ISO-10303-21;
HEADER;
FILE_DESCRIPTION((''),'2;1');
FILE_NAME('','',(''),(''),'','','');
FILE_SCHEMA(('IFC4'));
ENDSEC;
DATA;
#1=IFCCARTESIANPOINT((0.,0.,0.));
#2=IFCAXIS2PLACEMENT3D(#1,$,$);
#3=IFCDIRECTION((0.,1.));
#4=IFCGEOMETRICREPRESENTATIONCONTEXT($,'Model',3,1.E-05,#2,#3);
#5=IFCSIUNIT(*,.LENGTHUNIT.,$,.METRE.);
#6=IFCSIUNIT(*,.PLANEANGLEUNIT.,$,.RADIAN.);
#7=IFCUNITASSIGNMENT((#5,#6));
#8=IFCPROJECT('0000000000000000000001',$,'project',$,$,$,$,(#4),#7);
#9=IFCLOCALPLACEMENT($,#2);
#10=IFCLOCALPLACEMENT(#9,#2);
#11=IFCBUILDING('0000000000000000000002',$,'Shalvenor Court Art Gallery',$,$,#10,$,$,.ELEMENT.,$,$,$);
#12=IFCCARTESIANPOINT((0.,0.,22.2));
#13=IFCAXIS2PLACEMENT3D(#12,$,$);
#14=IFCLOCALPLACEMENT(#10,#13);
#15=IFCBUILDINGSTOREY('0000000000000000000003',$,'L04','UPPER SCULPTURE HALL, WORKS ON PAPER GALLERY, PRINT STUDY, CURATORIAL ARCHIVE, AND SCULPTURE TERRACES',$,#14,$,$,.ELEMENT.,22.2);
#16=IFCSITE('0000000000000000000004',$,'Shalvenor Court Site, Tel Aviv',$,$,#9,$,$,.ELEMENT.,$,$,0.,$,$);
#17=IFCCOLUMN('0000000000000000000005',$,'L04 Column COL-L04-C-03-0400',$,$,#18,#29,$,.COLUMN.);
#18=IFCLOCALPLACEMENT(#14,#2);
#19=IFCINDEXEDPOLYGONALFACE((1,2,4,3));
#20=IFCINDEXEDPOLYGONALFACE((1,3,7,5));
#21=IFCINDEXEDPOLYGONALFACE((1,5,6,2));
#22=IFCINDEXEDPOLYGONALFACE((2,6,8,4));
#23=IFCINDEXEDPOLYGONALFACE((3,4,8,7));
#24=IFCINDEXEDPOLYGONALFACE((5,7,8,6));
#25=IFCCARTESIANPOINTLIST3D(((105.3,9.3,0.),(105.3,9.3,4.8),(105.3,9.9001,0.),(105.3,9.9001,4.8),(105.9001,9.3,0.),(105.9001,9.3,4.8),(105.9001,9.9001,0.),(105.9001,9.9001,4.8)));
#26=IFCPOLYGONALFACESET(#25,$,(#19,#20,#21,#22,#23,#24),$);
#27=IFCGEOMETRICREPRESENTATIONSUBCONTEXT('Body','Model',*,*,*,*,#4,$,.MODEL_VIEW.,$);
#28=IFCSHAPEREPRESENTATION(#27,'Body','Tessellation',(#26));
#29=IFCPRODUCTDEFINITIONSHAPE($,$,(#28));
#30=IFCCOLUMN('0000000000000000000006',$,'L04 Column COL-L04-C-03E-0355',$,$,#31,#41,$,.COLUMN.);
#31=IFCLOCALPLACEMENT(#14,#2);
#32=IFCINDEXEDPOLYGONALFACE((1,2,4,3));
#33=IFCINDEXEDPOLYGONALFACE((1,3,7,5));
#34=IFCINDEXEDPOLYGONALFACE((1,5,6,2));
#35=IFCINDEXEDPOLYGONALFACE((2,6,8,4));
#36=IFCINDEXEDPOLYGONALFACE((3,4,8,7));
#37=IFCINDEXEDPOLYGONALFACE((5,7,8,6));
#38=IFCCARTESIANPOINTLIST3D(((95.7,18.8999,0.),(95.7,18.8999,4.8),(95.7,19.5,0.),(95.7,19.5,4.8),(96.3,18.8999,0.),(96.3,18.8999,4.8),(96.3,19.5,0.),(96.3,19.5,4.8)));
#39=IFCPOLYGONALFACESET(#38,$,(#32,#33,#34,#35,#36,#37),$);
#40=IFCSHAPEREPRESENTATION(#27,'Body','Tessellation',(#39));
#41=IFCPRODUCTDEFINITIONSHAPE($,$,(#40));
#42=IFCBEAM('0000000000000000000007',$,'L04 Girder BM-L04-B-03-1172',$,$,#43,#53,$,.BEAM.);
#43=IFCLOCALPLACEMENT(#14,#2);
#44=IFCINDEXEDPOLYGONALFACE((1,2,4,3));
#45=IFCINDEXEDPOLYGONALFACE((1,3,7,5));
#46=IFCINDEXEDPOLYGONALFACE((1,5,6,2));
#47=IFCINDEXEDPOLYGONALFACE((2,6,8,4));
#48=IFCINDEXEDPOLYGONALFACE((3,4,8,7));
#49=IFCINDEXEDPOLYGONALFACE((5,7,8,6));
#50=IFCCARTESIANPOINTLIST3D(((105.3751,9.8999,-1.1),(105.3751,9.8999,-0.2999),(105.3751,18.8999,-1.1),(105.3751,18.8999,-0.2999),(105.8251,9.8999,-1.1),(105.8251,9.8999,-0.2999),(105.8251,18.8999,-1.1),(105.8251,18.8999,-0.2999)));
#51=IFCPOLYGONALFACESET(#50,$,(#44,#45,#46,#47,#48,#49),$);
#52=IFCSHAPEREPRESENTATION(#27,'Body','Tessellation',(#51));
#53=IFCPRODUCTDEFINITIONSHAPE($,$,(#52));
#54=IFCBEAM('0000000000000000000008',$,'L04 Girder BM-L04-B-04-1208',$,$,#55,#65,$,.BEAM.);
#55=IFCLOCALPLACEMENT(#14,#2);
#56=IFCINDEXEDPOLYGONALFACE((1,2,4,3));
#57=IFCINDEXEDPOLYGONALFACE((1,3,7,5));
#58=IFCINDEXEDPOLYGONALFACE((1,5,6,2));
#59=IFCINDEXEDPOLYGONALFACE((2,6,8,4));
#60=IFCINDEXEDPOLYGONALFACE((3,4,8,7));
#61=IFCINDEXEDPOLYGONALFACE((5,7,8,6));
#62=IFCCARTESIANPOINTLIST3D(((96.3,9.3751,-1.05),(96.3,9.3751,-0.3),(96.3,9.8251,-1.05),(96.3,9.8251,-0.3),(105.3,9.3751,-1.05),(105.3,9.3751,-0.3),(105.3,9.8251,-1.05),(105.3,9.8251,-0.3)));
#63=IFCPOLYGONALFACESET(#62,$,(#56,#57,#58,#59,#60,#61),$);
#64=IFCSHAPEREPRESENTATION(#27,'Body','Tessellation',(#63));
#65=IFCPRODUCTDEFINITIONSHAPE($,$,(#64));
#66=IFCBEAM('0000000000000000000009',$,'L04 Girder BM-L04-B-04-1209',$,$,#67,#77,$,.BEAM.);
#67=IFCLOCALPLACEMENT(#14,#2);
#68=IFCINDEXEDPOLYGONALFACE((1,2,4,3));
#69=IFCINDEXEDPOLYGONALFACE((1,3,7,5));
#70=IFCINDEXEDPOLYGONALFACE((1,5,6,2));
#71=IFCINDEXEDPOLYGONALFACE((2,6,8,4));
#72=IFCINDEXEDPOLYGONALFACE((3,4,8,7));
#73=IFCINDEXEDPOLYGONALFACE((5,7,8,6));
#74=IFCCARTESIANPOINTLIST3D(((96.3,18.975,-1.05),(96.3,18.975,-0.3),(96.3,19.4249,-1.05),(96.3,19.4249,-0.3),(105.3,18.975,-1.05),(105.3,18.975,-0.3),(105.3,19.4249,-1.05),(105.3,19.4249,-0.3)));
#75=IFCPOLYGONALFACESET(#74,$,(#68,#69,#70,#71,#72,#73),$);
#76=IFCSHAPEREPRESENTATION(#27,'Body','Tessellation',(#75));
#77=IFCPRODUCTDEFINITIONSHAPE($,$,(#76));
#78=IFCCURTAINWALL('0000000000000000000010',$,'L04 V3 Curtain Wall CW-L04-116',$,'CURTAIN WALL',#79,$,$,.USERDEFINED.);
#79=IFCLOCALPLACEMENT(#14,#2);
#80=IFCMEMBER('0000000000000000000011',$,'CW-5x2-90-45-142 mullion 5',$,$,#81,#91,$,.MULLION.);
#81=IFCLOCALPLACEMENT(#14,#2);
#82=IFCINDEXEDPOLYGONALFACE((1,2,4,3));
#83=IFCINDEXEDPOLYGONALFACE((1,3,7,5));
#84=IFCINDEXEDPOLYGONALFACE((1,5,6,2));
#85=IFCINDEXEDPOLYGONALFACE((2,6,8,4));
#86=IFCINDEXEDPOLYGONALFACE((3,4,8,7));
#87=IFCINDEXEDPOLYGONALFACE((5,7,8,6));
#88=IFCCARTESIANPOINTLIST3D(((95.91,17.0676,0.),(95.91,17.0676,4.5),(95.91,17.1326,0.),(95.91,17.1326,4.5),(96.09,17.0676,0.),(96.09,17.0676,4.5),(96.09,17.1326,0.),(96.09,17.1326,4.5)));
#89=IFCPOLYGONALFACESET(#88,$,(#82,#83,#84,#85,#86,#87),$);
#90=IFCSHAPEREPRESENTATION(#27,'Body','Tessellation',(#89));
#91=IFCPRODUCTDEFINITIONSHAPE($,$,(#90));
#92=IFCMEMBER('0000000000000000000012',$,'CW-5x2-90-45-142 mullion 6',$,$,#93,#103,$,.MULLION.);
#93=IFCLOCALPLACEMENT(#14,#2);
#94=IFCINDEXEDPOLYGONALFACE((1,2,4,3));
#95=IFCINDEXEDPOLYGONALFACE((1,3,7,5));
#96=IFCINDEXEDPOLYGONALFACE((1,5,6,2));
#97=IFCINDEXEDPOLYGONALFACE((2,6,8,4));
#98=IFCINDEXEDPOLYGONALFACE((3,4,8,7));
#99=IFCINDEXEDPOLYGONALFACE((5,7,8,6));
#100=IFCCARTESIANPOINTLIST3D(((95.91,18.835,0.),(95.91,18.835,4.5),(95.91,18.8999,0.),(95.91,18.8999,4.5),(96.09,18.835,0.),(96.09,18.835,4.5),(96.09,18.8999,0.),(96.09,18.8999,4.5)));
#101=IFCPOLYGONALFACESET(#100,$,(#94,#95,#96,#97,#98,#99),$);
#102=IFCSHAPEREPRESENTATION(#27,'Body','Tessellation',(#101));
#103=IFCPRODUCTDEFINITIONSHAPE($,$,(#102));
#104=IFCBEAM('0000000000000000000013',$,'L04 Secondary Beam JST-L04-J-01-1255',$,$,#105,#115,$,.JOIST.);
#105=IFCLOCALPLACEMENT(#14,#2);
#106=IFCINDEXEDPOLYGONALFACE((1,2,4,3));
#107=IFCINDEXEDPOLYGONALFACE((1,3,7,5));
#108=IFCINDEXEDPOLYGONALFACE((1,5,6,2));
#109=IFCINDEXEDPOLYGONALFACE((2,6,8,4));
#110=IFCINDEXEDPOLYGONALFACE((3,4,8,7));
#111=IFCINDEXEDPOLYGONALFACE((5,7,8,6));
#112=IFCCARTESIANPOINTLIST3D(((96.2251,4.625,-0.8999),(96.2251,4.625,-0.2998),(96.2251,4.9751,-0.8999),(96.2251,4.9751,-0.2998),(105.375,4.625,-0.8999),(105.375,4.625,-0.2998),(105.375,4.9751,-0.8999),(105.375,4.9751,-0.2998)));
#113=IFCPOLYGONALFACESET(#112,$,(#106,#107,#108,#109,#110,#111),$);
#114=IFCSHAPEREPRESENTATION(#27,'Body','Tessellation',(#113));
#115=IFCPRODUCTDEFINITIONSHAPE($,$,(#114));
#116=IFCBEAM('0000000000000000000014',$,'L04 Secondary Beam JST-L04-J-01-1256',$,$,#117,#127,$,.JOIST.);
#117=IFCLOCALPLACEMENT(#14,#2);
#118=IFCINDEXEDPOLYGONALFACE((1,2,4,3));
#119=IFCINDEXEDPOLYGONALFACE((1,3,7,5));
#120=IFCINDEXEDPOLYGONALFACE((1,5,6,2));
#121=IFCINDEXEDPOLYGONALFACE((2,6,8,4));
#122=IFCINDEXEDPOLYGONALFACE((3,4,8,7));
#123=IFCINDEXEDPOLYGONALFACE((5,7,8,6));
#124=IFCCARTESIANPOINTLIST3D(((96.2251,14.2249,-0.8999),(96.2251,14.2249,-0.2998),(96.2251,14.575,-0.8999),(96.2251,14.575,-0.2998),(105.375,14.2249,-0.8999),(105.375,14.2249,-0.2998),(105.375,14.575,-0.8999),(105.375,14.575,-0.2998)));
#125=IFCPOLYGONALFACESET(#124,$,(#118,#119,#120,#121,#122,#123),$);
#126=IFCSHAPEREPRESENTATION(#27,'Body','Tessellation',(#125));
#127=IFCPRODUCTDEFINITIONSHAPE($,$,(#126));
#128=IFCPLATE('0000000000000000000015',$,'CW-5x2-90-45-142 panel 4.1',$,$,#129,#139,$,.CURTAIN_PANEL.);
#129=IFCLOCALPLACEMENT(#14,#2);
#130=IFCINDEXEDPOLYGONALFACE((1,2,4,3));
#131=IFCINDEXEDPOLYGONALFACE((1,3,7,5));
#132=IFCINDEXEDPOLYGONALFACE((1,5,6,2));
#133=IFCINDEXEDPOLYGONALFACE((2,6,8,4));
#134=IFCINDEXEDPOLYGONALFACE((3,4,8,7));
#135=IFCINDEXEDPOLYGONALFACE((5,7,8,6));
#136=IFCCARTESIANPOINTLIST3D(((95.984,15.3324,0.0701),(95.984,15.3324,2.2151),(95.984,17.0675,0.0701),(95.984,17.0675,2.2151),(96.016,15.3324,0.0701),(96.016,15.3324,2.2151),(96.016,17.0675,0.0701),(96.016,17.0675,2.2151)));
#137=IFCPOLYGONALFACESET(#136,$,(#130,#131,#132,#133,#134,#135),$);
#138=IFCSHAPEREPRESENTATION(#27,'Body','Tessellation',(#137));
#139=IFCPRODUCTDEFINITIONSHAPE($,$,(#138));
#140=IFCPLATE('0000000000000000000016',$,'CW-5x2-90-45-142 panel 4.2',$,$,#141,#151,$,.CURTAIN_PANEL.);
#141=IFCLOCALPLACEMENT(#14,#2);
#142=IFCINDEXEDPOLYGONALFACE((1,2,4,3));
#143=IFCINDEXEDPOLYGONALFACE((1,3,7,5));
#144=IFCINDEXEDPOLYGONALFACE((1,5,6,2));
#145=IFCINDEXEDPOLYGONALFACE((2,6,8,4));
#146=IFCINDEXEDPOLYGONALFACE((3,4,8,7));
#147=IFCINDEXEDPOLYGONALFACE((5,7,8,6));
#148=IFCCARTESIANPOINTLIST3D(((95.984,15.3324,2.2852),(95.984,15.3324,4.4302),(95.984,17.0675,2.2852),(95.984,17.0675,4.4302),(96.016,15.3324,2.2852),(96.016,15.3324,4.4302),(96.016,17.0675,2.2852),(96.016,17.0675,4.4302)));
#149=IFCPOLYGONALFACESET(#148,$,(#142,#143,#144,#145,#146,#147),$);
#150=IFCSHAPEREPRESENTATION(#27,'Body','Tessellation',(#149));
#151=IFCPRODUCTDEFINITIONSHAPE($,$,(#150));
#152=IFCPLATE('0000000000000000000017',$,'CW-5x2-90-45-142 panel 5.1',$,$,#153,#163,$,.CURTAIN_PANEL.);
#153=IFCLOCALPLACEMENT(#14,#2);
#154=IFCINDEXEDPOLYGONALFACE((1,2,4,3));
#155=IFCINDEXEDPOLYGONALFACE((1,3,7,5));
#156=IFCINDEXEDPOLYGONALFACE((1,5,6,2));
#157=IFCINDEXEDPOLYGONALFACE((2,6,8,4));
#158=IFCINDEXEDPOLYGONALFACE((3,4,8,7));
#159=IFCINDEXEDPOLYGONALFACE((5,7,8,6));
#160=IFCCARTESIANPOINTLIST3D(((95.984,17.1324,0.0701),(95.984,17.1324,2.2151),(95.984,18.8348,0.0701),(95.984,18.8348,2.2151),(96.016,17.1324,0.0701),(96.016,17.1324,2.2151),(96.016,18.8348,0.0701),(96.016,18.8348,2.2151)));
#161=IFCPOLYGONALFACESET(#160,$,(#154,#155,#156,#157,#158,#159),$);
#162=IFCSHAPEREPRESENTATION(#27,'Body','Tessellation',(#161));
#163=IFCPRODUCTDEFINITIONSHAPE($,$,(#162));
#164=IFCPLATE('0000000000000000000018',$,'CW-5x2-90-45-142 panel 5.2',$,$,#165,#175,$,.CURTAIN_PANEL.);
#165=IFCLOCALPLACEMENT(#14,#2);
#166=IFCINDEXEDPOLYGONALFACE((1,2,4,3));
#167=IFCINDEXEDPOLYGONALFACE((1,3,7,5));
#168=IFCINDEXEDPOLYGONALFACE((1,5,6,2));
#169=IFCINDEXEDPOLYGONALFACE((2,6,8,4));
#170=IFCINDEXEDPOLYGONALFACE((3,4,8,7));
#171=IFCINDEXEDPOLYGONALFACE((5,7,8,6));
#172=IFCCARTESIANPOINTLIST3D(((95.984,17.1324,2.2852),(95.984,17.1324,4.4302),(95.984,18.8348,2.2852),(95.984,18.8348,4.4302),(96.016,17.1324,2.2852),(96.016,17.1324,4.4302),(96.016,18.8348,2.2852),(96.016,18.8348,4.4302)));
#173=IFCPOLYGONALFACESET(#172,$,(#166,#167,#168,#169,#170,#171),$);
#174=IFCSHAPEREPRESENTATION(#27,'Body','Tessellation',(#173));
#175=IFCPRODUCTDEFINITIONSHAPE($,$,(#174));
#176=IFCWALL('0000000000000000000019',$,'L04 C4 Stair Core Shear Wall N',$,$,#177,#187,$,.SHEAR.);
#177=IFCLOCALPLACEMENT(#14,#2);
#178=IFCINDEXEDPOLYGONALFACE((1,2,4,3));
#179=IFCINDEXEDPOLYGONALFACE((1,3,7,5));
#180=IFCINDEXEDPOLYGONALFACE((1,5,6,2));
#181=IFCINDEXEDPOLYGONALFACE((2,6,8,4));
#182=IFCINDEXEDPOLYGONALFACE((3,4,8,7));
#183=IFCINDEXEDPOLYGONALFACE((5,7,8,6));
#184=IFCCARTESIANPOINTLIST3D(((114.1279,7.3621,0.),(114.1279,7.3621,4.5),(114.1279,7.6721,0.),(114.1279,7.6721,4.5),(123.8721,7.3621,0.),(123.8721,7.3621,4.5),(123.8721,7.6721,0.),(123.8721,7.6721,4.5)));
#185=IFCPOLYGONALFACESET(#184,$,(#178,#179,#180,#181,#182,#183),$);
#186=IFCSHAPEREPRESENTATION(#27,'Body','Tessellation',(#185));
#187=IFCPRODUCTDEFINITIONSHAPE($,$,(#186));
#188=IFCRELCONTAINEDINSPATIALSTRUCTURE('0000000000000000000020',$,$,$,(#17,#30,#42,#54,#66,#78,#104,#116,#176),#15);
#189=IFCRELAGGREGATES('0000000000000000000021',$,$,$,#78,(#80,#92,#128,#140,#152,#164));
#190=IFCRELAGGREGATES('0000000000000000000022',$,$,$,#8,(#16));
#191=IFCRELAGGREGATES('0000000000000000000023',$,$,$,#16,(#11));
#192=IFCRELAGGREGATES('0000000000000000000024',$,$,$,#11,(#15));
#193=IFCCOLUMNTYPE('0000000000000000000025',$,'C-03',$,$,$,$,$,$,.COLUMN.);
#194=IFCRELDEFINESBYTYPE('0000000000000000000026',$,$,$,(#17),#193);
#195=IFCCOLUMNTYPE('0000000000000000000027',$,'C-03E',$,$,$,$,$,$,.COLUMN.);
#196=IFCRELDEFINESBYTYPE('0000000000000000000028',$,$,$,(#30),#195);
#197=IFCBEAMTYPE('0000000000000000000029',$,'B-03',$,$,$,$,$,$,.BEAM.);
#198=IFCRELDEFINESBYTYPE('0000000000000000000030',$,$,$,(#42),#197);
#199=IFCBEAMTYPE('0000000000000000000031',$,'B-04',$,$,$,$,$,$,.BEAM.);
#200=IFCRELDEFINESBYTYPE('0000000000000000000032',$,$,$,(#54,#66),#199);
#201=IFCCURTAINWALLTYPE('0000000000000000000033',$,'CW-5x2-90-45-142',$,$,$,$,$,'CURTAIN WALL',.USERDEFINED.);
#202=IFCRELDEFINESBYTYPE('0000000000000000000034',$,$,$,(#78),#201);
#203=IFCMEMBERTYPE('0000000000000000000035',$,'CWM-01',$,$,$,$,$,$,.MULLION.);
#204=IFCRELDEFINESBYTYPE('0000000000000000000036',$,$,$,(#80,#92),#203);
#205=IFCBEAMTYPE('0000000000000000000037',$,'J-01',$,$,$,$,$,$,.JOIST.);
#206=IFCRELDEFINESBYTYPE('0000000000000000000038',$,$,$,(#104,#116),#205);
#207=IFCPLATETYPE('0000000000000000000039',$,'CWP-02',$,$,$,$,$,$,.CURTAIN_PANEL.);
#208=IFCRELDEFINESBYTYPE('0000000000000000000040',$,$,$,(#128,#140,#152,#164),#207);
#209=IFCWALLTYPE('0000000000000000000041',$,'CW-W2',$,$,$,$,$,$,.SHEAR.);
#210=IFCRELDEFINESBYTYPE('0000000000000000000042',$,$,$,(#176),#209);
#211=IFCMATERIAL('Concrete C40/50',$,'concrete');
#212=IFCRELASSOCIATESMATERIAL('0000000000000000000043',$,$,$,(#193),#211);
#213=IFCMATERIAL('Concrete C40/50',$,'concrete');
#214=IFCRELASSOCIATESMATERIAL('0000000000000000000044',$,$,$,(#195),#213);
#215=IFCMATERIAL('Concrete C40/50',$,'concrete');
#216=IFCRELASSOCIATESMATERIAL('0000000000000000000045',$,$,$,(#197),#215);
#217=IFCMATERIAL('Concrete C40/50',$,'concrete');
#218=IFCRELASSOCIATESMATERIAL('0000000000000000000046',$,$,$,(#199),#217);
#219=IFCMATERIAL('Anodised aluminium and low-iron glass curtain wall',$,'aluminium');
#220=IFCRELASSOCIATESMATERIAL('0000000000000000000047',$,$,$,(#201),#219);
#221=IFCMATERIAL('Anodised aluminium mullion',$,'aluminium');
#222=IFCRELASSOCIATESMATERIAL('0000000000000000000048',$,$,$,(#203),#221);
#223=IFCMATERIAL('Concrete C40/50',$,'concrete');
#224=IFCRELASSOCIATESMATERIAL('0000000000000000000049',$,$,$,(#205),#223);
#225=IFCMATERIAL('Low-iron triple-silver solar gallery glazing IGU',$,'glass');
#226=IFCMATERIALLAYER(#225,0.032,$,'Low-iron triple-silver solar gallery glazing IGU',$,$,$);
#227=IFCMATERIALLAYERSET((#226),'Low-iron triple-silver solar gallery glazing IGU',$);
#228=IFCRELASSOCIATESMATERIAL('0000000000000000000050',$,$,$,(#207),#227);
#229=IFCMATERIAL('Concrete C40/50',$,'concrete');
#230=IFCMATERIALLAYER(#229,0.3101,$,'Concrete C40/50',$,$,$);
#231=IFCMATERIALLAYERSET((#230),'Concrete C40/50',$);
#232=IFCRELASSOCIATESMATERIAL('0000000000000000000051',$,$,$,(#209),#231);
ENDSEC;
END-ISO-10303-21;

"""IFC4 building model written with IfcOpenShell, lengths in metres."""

from ifc_helpers import new_model, si_unit, direction, frame, frame_2d, origin, origin_2d, place, context, subcontext, project, spatial, rectangle, extrude, material, layer, layer_set, material_profile, profile_set, type_object, element, aggregate, save


model = new_model("IFC4")

# Units and contexts
model_context = context("Model", 3, precision=1e-05, world=origin(), true_north=direction((0.0, 1.0)))
body_context = subcontext(model_context, "Body", "Model", "MODEL_VIEW")
ifc_project = project(units=[si_unit("LENGTHUNIT", "METRE"), si_unit("PLANEANGLEUNIT", "RADIAN")], contexts=[model_context])

# Site, building, storey
site_placement = place(None, origin())
site = spatial("IfcSite", under=ifc_project, at=site_placement, Name="Shalvenor Court Site, Tel Aviv", CompositionType="ELEMENT", RefElevation=0.0)
building_placement = place(site_placement, origin())
building = spatial("IfcBuilding", under=site, at=building_placement, Name="Shalvenor Court Art Gallery", CompositionType="ELEMENT")
storey_placement = place(building_placement, frame((0.0, 0.0, 22.2)))
storey = spatial("IfcBuildingStorey", under=building, at=storey_placement, Name="L04", Description="UPPER SCULPTURE HALL, WORKS ON PAPER GALLERY, PRINT STUDY, CURATORIAL ARCHIVE, AND SCULPTURE TERRACES", CompositionType="ELEMENT", Elevation=22.2)

# Columns
ifc_material_1 = material(Name="Concrete C40/50", Category="concrete")
ifc_material_profile_1 = material_profile(ifc_material_1, rectangle(XDim=0.6001, YDim=0.6001, at=origin_2d()), Name="RC 600x600")
ifc_profile_set_1 = profile_set([ifc_material_profile_1], Name="Concrete C40/50")
column_type_1 = type_object("IfcColumnType", Name="C-03", PredefinedType="COLUMN", material=ifc_profile_set_1)
column_1_placement = place(storey_placement, frame((105.6001, 9.6001, 0.0), z_axis=(0.0, 0.0, 1.0), x_axis=(1.0, 0.0, 0.0)))
element("IfcColumn", 1, at=column_1_placement, inside=storey, type_object=column_type_1, Name="L04 Column COL-L04-C-03-0400", PredefinedType="COLUMN", context=body_context, shape_type="SweptSolid", body=[
    extrude(rectangle(XDim=0.6001, YDim=0.6001, at=origin_2d()), origin(), (0.0, 0.0, 1.0), 4.8),
])
ifc_material_2 = material(Name="Concrete C40/50", Category="concrete")
ifc_material_profile_2 = material_profile(ifc_material_2, rectangle(XDim=0.6001, YDim=0.6001, at=origin_2d()), Name="RC 600x600")
ifc_profile_set_2 = profile_set([ifc_material_profile_2], Name="Concrete C40/50")
column_type_2 = type_object("IfcColumnType", Name="C-03E", PredefinedType="COLUMN", material=ifc_profile_set_2)
column_2_placement = place(storey_placement, frame((96.0, 19.2, 0.0), z_axis=(0.0, 0.0, 1.0), x_axis=(1.0, 0.0, 0.0)))
element("IfcColumn", 2, at=column_2_placement, inside=storey, type_object=column_type_2, Name="L04 Column COL-L04-C-03E-0355", PredefinedType="COLUMN", context=body_context, shape_type="SweptSolid", body=[
    extrude(rectangle(XDim=0.6001, YDim=0.6001, at=origin_2d()), origin(), (0.0, 0.0, 1.0), 4.8),
])

# Beams
ifc_material_3 = material(Name="Concrete C40/50", Category="concrete")
ifc_material_profile_3 = material_profile(ifc_material_3, rectangle(XDim=0.45, YDim=0.8, at=origin_2d()), Name="RC 450x800")
ifc_profile_set_3 = profile_set([ifc_material_profile_3], Name="Concrete C40/50")
beam_type_1 = type_object("IfcBeamType", Name="B-03", PredefinedType="BEAM", material=ifc_profile_set_3)
beam_placement = place(storey_placement, frame((105.6001, 9.8999, -0.7), z_axis=(0.0, 1.0, 0.0), x_axis=(-1.0, 0.0, 0.0)))
element("IfcBeam", 3, at=beam_placement, inside=storey, type_object=beam_type_1, Name="L04 Girder BM-L04-B-03-1172", PredefinedType="BEAM", context=body_context, shape_type="SweptSolid", body=[
    extrude(rectangle(XDim=0.45, YDim=0.8, at=origin_2d()), origin(), (0.0, 0.0, 1.0), 9.0),
])
ifc_material_4 = material(Name="Concrete C40/50", Category="concrete")
ifc_material_profile_4 = material_profile(ifc_material_4, rectangle(XDim=0.45, YDim=0.75, at=origin_2d()), Name="RC 450x750")
ifc_profile_set_4 = profile_set([ifc_material_profile_4], Name="Concrete C40/50")
beam_type_2 = type_object("IfcBeamType", Name="B-04", PredefinedType="BEAM", material=ifc_profile_set_4)
for number, where, z_axis, x_axis, name in (
    (4, (96.3, 9.6001, -0.675), (1.0, 0.0, 0.0), (0.0, 1.0, 0.0), "L04 Girder BM-L04-B-04-1208"),
    (5, (96.3, 19.2, -0.675), (1.0, 0.0, 0.0), (0.0, 1.0, 0.0), "L04 Girder BM-L04-B-04-1209"),
):
    element("IfcBeam", number, at=place(storey_placement, frame(where, z_axis=z_axis, x_axis=x_axis)), inside=storey, type_object=beam_type_2, Name=name, PredefinedType="BEAM", context=body_context, shape_type="SweptSolid", body=[
        extrude(rectangle(XDim=0.45, YDim=0.75, at=origin_2d()), origin(), (0.0, 0.0, 1.0), 9.0),
    ])

# Curtain wall, members
ifc_material_5 = material(Name="Anodised aluminium and low-iron glass curtain wall", Category="aluminium")
curtain_wall_type = type_object("IfcCurtainWallType", Name="CW-5x2-90-45-142", ElementType="CURTAIN WALL", PredefinedType="USERDEFINED", material=ifc_material_5)
curtain_wall_placement = place(storey_placement, origin())
curtain_wall = element("IfcCurtainWall", 6, at=curtain_wall_placement, inside=storey, type_object=curtain_wall_type, Name="L04 V3 Curtain Wall CW-L04-116", ObjectType="CURTAIN WALL", PredefinedType="USERDEFINED")
ifc_material_6 = material(Name="Anodised aluminium mullion", Category="aluminium")
ifc_material_profile_5 = material_profile(ifc_material_6, rectangle(XDim=0.0649, YDim=0.1799, at=origin_2d()), Name="CWM-01")
ifc_profile_set_5 = profile_set([ifc_material_profile_5], Name="Anodised aluminium mullion")
member_type = type_object("IfcMemberType", Name="CWM-01", PredefinedType="MULLION", material=ifc_profile_set_5)
member_1_placement = place(storey_placement, frame((96.0, 17.1001, 0.0), z_axis=(0.0, 0.0, 1.0), x_axis=(0.0, 1.0, 0.0)))
member_1 = element("IfcMember", 7, at=member_1_placement, type_object=member_type, Name="CW-5x2-90-45-142 mullion 5", PredefinedType="MULLION", context=body_context, shape_type="SweptSolid", body=[
    extrude(rectangle(XDim=0.0649, YDim=0.1799, at=origin_2d()), origin(), (0.0, 0.0, 1.0), 4.5),
])
member_2_placement = place(storey_placement, frame((96.0, 18.8674, 0.0), z_axis=(0.0, 0.0, 1.0), x_axis=(0.0, 1.0, 0.0)))
member_2 = element("IfcMember", 8, at=member_2_placement, type_object=member_type, Name="CW-5x2-90-45-142 mullion 6", PredefinedType="MULLION", context=body_context, shape_type="SweptSolid", body=[
    extrude(rectangle(XDim=0.0649, YDim=0.1799, at=origin_2d()), origin(), (0.0, 0.0, 1.0), 4.5),
])

# Beams
ifc_material_7 = material(Name="Concrete C40/50", Category="concrete")
ifc_material_profile_6 = material_profile(ifc_material_7, rectangle(XDim=0.3501, YDim=0.6001, at=origin_2d()), Name="RC 350x600")
ifc_profile_set_6 = profile_set([ifc_material_profile_6], Name="Concrete C40/50")
beam_type_3 = type_object("IfcBeamType", Name="J-01", PredefinedType="JOIST", material=ifc_profile_set_6)
for number, where, z_axis, x_axis, name in (
    (9, (96.2251, 4.8, -0.5999), (1.0, 0.0, 0.0), (0.0, 1.0, 0.0), "L04 Secondary Beam JST-L04-J-01-1255"),
    (10, (96.2251, 14.3999, -0.5999), (1.0, 0.0, 0.0), (0.0, 1.0, 0.0), "L04 Secondary Beam JST-L04-J-01-1256"),
):
    element("IfcBeam", number, at=place(storey_placement, frame(where, z_axis=z_axis, x_axis=x_axis)), inside=storey, type_object=beam_type_3, Name=name, PredefinedType="JOIST", context=body_context, shape_type="SweptSolid", body=[
        extrude(rectangle(XDim=0.3501, YDim=0.6001, at=origin_2d()), origin(), (0.0, 0.0, 1.0), 9.1499),
    ])

# Plates
ifc_material_8 = material(Name="Low-iron triple-silver solar gallery glazing IGU", Category="glass")
ifc_layer_1 = layer(ifc_material_8, 0.032, Name="Low-iron triple-silver solar gallery glazing IGU")
ifc_layer_set_1 = layer_set([ifc_layer_1], Name="Low-iron triple-silver solar gallery glazing IGU")
plate_type = type_object("IfcPlateType", Name="CWP-02", PredefinedType="CURTAIN_PANEL", material=ifc_layer_set_1)
plate_1_placement = place(storey_placement, frame((96.0, 16.2, 0.0701), z_axis=(0.0, 0.0, 1.0), x_axis=(0.0, 1.0, 0.0)))
plate_1 = element("IfcPlate", 11, at=plate_1_placement, type_object=plate_type, Name="CW-5x2-90-45-142 panel 4.1", PredefinedType="CURTAIN_PANEL", context=body_context, shape_type="SweptSolid", body=[
    extrude(rectangle(XDim=1.7351, YDim=0.032, at=origin_2d()), origin(), (0.0, 0.0, 1.0), 2.145),
])
plate_2_placement = place(storey_placement, frame((96.0, 16.2, 2.2852), z_axis=(0.0, 0.0, 1.0), x_axis=(0.0, 1.0, 0.0)))
plate_2 = element("IfcPlate", 12, at=plate_2_placement, type_object=plate_type, Name="CW-5x2-90-45-142 panel 4.2", PredefinedType="CURTAIN_PANEL", context=body_context, shape_type="SweptSolid", body=[
    extrude(rectangle(XDim=1.7351, YDim=0.032, at=origin_2d()), origin(), (0.0, 0.0, 1.0), 2.145),
])
plate_3_placement = place(storey_placement, frame((96.0, 17.9836, 0.0701), z_axis=(0.0, 0.0, 1.0), x_axis=(0.0, 1.0, 0.0)))
plate_3 = element("IfcPlate", 13, at=plate_3_placement, type_object=plate_type, Name="CW-5x2-90-45-142 panel 5.1", PredefinedType="CURTAIN_PANEL", context=body_context, shape_type="SweptSolid", body=[
    extrude(rectangle(XDim=1.7024, YDim=0.032, at=origin_2d()), origin(), (0.0, 0.0, 1.0), 2.145),
])
plate_4_placement = place(storey_placement, frame((96.0, 17.9836, 2.2852), z_axis=(0.0, 0.0, 1.0), x_axis=(0.0, 1.0, 0.0)))
plate_4 = element("IfcPlate", 14, at=plate_4_placement, type_object=plate_type, Name="CW-5x2-90-45-142 panel 5.2", PredefinedType="CURTAIN_PANEL", context=body_context, shape_type="SweptSolid", body=[
    extrude(rectangle(XDim=1.7024, YDim=0.032, at=origin_2d()), origin(), (0.0, 0.0, 1.0), 2.145),
])
aggregate(curtain_wall, [member_1, member_2, plate_1, plate_2, plate_3, plate_4])

# Wall
ifc_material_9 = material(Name="Concrete C40/50", Category="concrete")
ifc_layer_2 = layer(ifc_material_9, 0.3101, Name="Concrete C40/50")
ifc_layer_set_2 = layer_set([ifc_layer_2], Name="Concrete C40/50")
wall_type_1 = type_object("IfcWallType", Name="CW-W2", PredefinedType="SHEAR", material=ifc_layer_set_2)
wall_1_placement = place(storey_placement, frame((114.1279, 7.5171, 0.0), z_axis=(0.0, 0.0, 1.0), x_axis=(1.0, 0.0, 0.0)))
element("IfcWall", 15, at=wall_1_placement, inside=storey, type_object=wall_type_1, Name="L04 C4 Stair Core Shear Wall N", PredefinedType="SHEAR", context=body_context, shape_type="SweptSolid", body=[
    extrude(rectangle(XDim=9.7441, YDim=0.3101, at=frame_2d((4.8721, 0.0))), origin(), (0.0, 0.0, 1.0), 4.5),
])

save(model, "model.ifc")
